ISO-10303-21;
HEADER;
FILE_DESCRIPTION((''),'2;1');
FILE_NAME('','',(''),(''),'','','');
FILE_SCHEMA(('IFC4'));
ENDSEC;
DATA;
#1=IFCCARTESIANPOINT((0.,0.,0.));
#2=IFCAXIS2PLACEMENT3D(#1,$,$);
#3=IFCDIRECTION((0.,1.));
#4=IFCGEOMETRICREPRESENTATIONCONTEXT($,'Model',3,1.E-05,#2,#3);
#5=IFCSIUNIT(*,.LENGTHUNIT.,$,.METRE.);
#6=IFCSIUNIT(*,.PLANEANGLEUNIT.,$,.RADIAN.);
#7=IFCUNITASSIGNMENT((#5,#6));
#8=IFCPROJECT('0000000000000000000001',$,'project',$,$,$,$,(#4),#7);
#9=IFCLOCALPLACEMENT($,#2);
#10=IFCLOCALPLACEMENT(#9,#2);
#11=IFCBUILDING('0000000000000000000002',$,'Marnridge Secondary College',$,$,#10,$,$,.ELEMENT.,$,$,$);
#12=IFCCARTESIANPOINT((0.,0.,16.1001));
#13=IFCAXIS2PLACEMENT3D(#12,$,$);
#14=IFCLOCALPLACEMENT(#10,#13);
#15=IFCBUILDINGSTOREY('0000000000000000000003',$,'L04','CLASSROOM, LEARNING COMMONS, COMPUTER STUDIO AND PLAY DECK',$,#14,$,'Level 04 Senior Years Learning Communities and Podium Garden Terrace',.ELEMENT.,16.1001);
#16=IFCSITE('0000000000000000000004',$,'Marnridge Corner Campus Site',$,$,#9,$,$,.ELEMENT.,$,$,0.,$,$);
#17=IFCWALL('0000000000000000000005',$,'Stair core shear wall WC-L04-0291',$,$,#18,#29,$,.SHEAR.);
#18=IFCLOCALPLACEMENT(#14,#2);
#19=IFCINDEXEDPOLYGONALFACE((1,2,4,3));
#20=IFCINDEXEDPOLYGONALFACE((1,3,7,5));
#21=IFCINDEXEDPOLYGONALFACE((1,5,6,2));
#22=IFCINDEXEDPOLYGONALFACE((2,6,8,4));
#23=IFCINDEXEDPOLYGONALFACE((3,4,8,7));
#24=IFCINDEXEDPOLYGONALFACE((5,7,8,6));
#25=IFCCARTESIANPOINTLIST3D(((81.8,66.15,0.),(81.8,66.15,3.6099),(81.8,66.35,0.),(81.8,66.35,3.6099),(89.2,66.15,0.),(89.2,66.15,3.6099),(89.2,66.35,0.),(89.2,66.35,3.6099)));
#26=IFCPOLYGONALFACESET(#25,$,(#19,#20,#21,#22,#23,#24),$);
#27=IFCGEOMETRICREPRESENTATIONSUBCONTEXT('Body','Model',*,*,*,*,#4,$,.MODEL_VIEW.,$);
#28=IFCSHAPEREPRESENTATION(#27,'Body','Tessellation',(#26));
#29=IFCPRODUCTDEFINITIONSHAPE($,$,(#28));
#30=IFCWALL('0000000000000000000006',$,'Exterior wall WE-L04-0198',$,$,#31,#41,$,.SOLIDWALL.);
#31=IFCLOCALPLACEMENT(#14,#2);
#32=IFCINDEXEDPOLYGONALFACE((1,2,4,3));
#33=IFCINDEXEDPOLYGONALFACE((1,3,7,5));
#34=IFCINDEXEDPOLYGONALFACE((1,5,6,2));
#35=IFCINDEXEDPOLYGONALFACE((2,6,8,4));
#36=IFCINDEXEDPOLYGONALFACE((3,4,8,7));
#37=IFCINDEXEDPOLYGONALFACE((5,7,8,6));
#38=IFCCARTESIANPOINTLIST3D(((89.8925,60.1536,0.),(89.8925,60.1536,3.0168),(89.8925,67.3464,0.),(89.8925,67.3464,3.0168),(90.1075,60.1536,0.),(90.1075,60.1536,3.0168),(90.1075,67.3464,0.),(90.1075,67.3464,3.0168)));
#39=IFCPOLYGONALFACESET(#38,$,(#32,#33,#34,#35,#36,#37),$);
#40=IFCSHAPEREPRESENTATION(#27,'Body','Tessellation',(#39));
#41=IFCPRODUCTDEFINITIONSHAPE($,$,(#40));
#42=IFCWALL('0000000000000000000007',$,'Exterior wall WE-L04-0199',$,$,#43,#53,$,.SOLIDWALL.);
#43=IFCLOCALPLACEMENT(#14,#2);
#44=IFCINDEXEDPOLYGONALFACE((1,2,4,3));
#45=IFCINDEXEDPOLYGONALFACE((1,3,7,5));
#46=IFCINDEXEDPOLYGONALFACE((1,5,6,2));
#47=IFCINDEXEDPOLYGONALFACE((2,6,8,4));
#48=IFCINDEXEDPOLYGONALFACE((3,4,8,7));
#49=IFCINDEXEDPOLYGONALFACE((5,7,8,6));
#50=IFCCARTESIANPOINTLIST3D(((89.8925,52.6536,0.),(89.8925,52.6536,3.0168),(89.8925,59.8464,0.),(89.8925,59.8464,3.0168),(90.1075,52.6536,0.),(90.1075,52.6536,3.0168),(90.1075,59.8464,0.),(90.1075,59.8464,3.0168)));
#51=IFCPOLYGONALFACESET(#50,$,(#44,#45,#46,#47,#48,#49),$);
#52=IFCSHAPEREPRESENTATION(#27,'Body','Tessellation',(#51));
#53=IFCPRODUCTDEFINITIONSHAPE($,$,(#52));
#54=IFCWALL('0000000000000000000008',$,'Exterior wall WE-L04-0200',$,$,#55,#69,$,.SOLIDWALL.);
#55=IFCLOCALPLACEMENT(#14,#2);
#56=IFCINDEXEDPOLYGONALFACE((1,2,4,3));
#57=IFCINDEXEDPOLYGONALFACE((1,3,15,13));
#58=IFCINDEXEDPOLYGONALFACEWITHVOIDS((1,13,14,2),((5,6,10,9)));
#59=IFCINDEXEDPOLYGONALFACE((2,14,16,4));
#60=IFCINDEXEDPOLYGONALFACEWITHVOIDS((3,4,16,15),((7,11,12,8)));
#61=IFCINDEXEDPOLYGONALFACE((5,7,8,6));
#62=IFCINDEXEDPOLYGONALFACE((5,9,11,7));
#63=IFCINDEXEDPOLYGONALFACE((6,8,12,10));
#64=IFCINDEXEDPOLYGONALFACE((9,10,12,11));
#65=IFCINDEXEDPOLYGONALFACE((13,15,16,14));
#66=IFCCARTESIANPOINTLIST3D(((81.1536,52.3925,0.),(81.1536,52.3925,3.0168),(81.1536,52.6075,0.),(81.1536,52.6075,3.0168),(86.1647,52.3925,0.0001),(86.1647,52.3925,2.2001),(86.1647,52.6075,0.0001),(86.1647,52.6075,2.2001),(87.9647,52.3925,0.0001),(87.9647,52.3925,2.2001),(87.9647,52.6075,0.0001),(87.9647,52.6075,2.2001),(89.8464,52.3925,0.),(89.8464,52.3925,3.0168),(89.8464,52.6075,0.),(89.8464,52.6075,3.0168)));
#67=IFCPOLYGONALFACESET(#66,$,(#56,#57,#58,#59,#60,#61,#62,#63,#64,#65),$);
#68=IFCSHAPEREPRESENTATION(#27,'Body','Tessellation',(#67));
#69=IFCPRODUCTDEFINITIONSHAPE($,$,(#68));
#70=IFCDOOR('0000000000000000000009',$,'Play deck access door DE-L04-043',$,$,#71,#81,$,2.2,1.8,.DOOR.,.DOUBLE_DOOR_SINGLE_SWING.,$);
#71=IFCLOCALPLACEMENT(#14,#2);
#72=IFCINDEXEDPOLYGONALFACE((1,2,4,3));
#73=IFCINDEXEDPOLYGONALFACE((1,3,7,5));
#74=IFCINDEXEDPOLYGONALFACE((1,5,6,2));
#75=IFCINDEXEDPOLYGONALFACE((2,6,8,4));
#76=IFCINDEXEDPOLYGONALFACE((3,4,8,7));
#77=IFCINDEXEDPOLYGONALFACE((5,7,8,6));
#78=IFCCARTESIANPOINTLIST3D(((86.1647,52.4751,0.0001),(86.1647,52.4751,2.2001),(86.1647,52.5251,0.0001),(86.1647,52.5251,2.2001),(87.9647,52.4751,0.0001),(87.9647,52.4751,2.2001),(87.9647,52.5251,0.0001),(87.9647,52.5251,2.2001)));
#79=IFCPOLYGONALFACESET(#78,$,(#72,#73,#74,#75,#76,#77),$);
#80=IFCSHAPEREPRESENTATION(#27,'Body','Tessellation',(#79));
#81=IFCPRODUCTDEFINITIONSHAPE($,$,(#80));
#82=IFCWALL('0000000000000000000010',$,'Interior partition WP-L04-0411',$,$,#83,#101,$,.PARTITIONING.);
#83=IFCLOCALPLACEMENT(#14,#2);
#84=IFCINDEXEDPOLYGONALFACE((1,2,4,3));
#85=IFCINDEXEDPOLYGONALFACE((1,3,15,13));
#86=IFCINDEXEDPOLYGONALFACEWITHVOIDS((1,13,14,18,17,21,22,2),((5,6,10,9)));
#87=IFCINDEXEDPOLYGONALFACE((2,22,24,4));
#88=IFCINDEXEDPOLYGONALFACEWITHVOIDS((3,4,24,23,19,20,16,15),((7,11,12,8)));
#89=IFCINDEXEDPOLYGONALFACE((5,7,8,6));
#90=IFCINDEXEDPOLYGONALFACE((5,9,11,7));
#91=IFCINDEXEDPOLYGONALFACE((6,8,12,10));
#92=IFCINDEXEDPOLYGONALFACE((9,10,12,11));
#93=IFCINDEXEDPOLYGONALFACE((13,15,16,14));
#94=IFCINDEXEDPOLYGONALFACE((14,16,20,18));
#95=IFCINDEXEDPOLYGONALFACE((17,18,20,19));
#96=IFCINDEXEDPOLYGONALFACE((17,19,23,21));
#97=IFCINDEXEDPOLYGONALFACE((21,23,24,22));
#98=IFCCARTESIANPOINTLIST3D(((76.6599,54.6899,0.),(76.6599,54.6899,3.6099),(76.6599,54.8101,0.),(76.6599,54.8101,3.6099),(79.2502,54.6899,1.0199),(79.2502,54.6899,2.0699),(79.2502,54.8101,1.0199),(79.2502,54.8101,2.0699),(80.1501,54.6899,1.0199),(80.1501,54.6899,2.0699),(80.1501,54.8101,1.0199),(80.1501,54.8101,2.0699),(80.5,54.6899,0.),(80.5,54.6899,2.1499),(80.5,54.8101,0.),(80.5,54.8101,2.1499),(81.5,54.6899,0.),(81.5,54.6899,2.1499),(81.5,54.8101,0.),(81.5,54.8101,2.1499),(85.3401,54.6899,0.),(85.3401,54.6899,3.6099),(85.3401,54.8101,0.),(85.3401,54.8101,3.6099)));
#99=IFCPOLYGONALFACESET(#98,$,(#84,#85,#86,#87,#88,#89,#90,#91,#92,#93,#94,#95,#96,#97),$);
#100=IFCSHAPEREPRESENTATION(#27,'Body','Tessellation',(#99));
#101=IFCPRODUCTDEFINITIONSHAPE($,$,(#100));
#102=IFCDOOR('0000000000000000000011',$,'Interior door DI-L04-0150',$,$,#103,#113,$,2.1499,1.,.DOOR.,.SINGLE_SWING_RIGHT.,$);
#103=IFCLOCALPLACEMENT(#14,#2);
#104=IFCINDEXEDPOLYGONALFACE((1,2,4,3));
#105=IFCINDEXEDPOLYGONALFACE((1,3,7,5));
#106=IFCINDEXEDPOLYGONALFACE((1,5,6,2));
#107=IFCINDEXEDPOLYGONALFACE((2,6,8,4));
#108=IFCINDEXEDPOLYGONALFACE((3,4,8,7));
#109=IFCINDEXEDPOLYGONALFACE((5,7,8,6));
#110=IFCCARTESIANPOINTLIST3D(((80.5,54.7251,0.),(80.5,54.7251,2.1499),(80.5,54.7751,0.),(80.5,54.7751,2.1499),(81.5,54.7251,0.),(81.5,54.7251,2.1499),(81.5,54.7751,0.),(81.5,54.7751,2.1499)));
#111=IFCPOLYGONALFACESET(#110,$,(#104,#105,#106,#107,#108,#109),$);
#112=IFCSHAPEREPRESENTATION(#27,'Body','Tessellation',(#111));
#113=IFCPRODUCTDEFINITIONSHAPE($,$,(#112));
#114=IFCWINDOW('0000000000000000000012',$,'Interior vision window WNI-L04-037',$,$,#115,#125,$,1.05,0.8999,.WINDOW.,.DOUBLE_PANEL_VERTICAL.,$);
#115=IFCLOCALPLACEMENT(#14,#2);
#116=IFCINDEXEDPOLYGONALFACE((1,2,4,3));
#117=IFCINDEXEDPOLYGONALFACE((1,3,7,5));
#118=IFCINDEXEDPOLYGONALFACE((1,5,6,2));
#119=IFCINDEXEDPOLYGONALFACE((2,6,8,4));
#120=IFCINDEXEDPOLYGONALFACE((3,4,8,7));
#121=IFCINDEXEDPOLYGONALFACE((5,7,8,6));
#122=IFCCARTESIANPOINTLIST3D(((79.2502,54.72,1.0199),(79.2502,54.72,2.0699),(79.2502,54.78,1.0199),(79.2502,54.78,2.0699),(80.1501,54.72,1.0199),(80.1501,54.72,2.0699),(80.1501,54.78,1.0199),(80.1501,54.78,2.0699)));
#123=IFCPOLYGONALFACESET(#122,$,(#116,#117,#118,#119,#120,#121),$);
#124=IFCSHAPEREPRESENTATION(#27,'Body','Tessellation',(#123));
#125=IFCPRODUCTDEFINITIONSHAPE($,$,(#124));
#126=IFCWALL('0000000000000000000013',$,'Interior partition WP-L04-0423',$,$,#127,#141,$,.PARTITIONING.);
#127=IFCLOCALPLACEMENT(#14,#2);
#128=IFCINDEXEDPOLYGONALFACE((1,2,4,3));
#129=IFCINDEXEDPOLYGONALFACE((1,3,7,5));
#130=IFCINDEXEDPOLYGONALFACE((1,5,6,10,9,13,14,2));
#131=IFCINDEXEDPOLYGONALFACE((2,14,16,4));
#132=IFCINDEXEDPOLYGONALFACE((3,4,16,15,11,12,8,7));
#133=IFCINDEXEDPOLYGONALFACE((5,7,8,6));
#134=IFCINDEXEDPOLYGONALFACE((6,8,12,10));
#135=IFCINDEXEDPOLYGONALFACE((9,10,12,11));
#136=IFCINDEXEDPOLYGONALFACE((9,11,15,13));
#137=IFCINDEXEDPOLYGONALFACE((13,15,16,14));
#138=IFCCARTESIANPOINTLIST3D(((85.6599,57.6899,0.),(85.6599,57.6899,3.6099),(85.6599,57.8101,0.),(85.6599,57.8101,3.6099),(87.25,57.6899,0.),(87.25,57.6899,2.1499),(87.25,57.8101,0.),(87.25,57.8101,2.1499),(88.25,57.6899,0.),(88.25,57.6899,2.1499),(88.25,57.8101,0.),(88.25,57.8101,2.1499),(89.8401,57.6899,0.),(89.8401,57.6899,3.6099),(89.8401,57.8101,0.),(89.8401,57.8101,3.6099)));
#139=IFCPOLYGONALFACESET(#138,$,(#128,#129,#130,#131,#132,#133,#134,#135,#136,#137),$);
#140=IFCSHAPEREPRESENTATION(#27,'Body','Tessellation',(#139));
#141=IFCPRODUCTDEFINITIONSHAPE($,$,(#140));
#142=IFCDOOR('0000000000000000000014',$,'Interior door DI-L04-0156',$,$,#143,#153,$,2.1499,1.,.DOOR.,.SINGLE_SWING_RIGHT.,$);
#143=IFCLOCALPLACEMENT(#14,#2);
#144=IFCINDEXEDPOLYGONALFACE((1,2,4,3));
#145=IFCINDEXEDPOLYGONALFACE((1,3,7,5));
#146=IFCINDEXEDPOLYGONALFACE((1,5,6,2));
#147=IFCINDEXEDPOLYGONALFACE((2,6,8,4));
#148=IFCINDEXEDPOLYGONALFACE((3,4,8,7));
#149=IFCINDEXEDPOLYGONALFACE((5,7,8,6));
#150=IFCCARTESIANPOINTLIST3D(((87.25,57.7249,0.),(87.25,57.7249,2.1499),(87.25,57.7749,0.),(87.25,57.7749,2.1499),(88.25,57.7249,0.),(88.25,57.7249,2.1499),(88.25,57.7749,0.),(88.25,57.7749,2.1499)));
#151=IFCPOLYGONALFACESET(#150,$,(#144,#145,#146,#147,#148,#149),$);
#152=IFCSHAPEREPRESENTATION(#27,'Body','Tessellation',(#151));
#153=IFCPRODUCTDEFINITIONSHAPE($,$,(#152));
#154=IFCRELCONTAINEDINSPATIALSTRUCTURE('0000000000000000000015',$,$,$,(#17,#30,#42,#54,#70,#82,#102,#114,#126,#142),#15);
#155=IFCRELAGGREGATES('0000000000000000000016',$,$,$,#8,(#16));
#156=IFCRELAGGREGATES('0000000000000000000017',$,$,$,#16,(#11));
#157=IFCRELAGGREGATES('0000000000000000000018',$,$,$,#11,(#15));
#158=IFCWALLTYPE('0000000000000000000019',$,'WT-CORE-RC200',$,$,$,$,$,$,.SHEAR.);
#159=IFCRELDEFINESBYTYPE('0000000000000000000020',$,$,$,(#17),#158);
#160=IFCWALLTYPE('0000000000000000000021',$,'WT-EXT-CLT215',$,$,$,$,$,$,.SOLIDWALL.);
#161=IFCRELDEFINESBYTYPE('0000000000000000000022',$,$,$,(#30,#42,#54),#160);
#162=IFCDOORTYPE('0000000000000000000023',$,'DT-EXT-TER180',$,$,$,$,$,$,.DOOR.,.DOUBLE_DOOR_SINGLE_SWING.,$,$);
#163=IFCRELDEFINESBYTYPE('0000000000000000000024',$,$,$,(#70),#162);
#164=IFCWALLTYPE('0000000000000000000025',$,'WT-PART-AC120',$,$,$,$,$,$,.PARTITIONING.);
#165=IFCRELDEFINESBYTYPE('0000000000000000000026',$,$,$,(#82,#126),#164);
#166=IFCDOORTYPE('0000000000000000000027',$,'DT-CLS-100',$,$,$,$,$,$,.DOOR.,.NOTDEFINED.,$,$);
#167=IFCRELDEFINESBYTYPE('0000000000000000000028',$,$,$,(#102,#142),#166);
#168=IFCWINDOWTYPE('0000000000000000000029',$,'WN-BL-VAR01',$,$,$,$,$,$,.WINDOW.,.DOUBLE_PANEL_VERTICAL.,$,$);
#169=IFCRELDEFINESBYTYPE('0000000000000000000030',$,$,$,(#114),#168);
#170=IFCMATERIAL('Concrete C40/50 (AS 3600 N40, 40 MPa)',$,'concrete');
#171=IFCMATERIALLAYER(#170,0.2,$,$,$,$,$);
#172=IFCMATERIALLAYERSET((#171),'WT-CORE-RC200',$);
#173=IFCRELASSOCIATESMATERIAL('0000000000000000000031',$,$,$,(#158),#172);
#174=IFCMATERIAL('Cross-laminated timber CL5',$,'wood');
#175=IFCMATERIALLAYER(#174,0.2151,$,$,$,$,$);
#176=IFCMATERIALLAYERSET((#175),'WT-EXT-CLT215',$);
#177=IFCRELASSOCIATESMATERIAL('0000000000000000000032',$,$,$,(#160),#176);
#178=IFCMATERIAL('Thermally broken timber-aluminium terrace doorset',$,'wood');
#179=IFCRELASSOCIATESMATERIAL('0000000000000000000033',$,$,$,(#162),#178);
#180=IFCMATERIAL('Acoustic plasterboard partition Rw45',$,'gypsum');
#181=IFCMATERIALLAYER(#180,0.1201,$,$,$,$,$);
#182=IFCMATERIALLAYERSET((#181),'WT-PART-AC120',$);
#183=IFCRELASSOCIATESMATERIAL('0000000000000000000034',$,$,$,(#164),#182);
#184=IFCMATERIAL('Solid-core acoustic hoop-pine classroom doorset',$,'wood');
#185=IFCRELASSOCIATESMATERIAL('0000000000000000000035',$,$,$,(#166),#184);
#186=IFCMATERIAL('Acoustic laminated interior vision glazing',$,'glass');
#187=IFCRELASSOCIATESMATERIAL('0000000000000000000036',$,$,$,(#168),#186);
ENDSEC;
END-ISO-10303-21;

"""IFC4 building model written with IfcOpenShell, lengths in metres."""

from ifc_helpers import new_model, si_unit, direction, frame, frame_2d, origin, place, context, subcontext, project, spatial, rectangle, extrude, material, layer, layer_set, type_object, element, fill, save


model = new_model("IFC4")

# Units and contexts
model_context = context("Model", 3, precision=1e-05, world=origin(), true_north=direction((0.0, 1.0)))
body_context = subcontext(model_context, "Body", "Model", "MODEL_VIEW")
ifc_project = project(units=[si_unit("LENGTHUNIT", "METRE"), si_unit("PLANEANGLEUNIT", "RADIAN")], contexts=[model_context])

# Site, building, storey
site_placement = place(None, origin())
site = spatial("IfcSite", under=ifc_project, at=site_placement, Name="Marnridge Corner Campus Site", CompositionType="ELEMENT", RefElevation=0.0)
building_placement = place(site_placement, origin())
building = spatial("IfcBuilding", under=site, at=building_placement, Name="Marnridge Secondary College", CompositionType="ELEMENT")
storey_placement = place(building_placement, frame((0.0, 0.0, 16.1001)))
storey = spatial("IfcBuildingStorey", under=building, at=storey_placement, Name="L04", Description="CLASSROOM, LEARNING COMMONS, COMPUTER STUDIO AND PLAY DECK", LongName="Level 04 Senior Years Learning Communities and Podium Garden Terrace", CompositionType="ELEMENT", Elevation=16.1001)

# Walls
ifc_material_1 = material(Name="Concrete C40/50 (AS 3600 N40, 40 MPa)", Category="concrete")
ifc_layer_1 = layer(ifc_material_1, 0.2)
ifc_layer_set_1 = layer_set([ifc_layer_1], Name="WT-CORE-RC200")
wall_type_1 = type_object("IfcWallType", Name="WT-CORE-RC200", PredefinedType="SHEAR", material=ifc_layer_set_1)
wall_1_placement = place(storey_placement, frame((89.2, 66.25, 0.0), z_axis=(0.0, 0.0, 1.0), x_axis=(-1.0, 0.0, 0.0)))
element("IfcWall", 1, at=wall_1_placement, inside=storey, type_object=wall_type_1, Name="Stair core shear wall WC-L04-0291", PredefinedType="SHEAR", context=body_context, shape_type="SweptSolid", body=[
    extrude(rectangle(XDim=7.3999, YDim=0.2, at=frame_2d((3.7, 0.0))), origin(), (0.0, 0.0, 1.0), 3.6099),
])
ifc_material_2 = material(Name="Cross-laminated timber CL5", Category="wood")
ifc_layer_2 = layer(ifc_material_2, 0.2151)
ifc_layer_set_2 = layer_set([ifc_layer_2], Name="WT-EXT-CLT215")
wall_type_2 = type_object("IfcWallType", Name="WT-EXT-CLT215", PredefinedType="SOLIDWALL", material=ifc_layer_set_2)
for number, where, z_axis, x_axis, name in (
    (2, (90.0, 67.3464, 0.0), (0.0, 0.0, 1.0), (0.0, -1.0, 0.0), "Exterior wall WE-L04-0198"),
    (3, (90.0, 59.8464, 0.0), (0.0, 0.0, 1.0), (0.0, -1.0, 0.0), "Exterior wall WE-L04-0199"),
):
    element("IfcWall", number, at=place(storey_placement, frame(where, z_axis=z_axis, x_axis=x_axis)), inside=storey, type_object=wall_type_2, Name=name, PredefinedType="SOLIDWALL", context=body_context, shape_type="SweptSolid", body=[
        extrude(rectangle(XDim=7.1929, YDim=0.2151, at=frame_2d((3.5964, 0.0))), origin(), (0.0, 0.0, 1.0), 3.0168),
    ])

# Wall, opening, door
wall_2_placement = place(storey_placement, frame((89.8464, 52.5, 0.0), z_axis=(0.0, 0.0, 1.0), x_axis=(-1.0, 0.0, 0.0)))
wall_2 = element("IfcWall", 4, at=wall_2_placement, inside=storey, type_object=wall_type_2, Name="Exterior wall WE-L04-0200", PredefinedType="SOLIDWALL", context=body_context, shape_type="SweptSolid", body=[
    extrude(rectangle(XDim=8.6929, YDim=0.2151, at=frame_2d((4.3464, 0.0))), origin(), (0.0, 0.0, 1.0), 3.0168),
])
opening_1_placement = place(wall_2_placement, frame((1.8818, 0.0, 0.0)))
opening_1 = element("IfcOpeningElement", 5, at=opening_1_placement, cuts=wall_2, PredefinedType="OPENING", context=body_context, shape_type="SweptSolid", body=[
    extrude(rectangle(XDim=1.8, YDim=2.2, at=frame_2d((0.8999, 1.1001))), frame((0.0, 0.1174, 0.0), z_axis=(0.0, -1.0, 0.0), x_axis=(1.0, 0.0, 0.0)), (0.0, 0.0, 1.0), 0.2351),
])
ifc_material_3 = material(Name="Thermally broken timber-aluminium terrace doorset", Category="wood")
door_type_1 = type_object("IfcDoorType", Name="DT-EXT-TER180", OperationType="DOUBLE_DOOR_SINGLE_SWING", PredefinedType="DOOR", material=ifc_material_3)
door_1_placement = place(opening_1_placement, origin())
door_1 = element("IfcDoor", 6, at=door_1_placement, inside=storey, type_object=door_type_1, Name="Play deck access door DE-L04-043", OperationType="DOUBLE_DOOR_SINGLE_SWING", OverallHeight=2.2, OverallWidth=1.8, PredefinedType="DOOR", context=body_context, shape_type="SweptSolid", body=[
    extrude(rectangle(XDim=1.8, YDim=2.2, at=frame_2d((0.8999, 1.1001))), frame((0.0, 0.0249, 0.0), z_axis=(0.0, -1.0, 0.0), x_axis=(1.0, 0.0, 0.0)), (0.0, 0.0, 1.0), 0.05),
])
fill(opening_1, door_1)

# Wall, openings, door, window
ifc_material_4 = material(Name="Acoustic plasterboard partition Rw45", Category="gypsum")
ifc_layer_3 = layer(ifc_material_4, 0.1201)
ifc_layer_set_3 = layer_set([ifc_layer_3], Name="WT-PART-AC120")
wall_type_3 = type_object("IfcWallType", Name="WT-PART-AC120", PredefinedType="PARTITIONING", material=ifc_layer_set_3)
wall_3_placement = place(storey_placement, frame((85.3401, 54.75, 0.0), z_axis=(0.0, 0.0, 1.0), x_axis=(-1.0, 0.0, 0.0)))
wall_3 = element("IfcWall", 7, at=wall_3_placement, inside=storey, type_object=wall_type_3, Name="Interior partition WP-L04-0411", PredefinedType="PARTITIONING", context=body_context, shape_type="SweptSolid", body=[
    extrude(rectangle(XDim=8.6802, YDim=0.1201, at=frame_2d((4.3401, 0.0))), origin(), (0.0, 0.0, 1.0), 3.6099),
])
opening_2_placement = place(wall_3_placement, frame((3.8401, 0.0, 0.0)))
opening_2 = element("IfcOpeningElement", 8, at=opening_2_placement, cuts=wall_3, PredefinedType="OPENING", context=body_context, shape_type="SweptSolid", body=[
    extrude(rectangle(XDim=1.0, YDim=2.1499, at=frame_2d((0.5, 1.075))), frame((0.0, 0.0701, 0.0), z_axis=(0.0, -1.0, 0.0), x_axis=(1.0, 0.0, 0.0)), (0.0, 0.0, 1.0), 0.1401),
])
opening_3_placement = place(wall_3_placement, frame((5.1899, 0.0, 1.02)))
opening_3 = element("IfcOpeningElement", 9, at=opening_3_placement, cuts=wall_3, PredefinedType="OPENING", context=body_context, shape_type="SweptSolid", body=[
    extrude(rectangle(XDim=0.8999, YDim=1.05, at=frame_2d((0.45, 0.5249))), frame((0.0, 0.0701, 0.0), z_axis=(0.0, -1.0, 0.0), x_axis=(1.0, 0.0, 0.0)), (0.0, 0.0, 1.0), 0.1401),
])
ifc_material_5 = material(Name="Solid-core acoustic hoop-pine classroom doorset", Category="wood")
door_type_2 = type_object("IfcDoorType", Name="DT-CLS-100", OperationType="NOTDEFINED", PredefinedType="DOOR", material=ifc_material_5)
door_2_placement = place(opening_2_placement, origin())
door_2 = element("IfcDoor", 10, at=door_2_placement, inside=storey, type_object=door_type_2, Name="Interior door DI-L04-0150", OperationType="SINGLE_SWING_RIGHT", OverallHeight=2.1499, OverallWidth=1.0, PredefinedType="DOOR", context=body_context, shape_type="SweptSolid", body=[
    extrude(rectangle(XDim=1.0, YDim=2.1499, at=frame_2d((0.5, 1.075))), frame((0.0, 0.0249, 0.0), z_axis=(0.0, -1.0, 0.0), x_axis=(1.0, 0.0, 0.0)), (0.0, 0.0, 1.0), 0.05),
])
fill(opening_2, door_2)
ifc_material_6 = material(Name="Acoustic laminated interior vision glazing", Category="glass")
window_type = type_object("IfcWindowType", Name="WN-BL-VAR01", PartitioningType="DOUBLE_PANEL_VERTICAL", PredefinedType="WINDOW", material=ifc_material_6)
window_placement = place(opening_3_placement, origin())
window = element("IfcWindow", 11, at=window_placement, inside=storey, type_object=window_type, Name="Interior vision window WNI-L04-037", OverallHeight=1.05, OverallWidth=0.8999, PartitioningType="DOUBLE_PANEL_VERTICAL", PredefinedType="WINDOW", context=body_context, shape_type="SweptSolid", body=[
    extrude(rectangle(XDim=0.8999, YDim=1.05, at=frame_2d((0.45, 0.5249))), frame((0.0, 0.03, 0.0), z_axis=(0.0, -1.0, 0.0), x_axis=(1.0, 0.0, 0.0)), (0.0, 0.0, 1.0), 0.0601),
])
fill(opening_3, window)

# Wall, opening, door
wall_4_placement = place(storey_placement, frame((85.6599, 57.75, 0.0), z_axis=(0.0, 0.0, 1.0), x_axis=(1.0, 0.0, 0.0)))
wall_4 = element("IfcWall", 12, at=wall_4_placement, inside=storey, type_object=wall_type_3, Name="Interior partition WP-L04-0423", PredefinedType="PARTITIONING", context=body_context, shape_type="SweptSolid", body=[
    extrude(rectangle(XDim=4.1802, YDim=0.1201, at=frame_2d((2.0901, 0.0))), origin(), (0.0, 0.0, 1.0), 3.6099),
])
opening_4_placement = place(wall_4_placement, frame((1.5901, 0.0, 0.0)))
opening_4 = element("IfcOpeningElement", 13, at=opening_4_placement, cuts=wall_4, PredefinedType="OPENING", context=body_context, shape_type="SweptSolid", body=[
    extrude(rectangle(XDim=1.0, YDim=2.1499, at=frame_2d((0.5, 1.075))), frame((0.0, 0.0701, 0.0), z_axis=(0.0, -1.0, 0.0), x_axis=(1.0, 0.0, 0.0)), (0.0, 0.0, 1.0), 0.1401),
])
door_3_placement = place(opening_4_placement, origin())
door_3 = element("IfcDoor", 14, at=door_3_placement, inside=storey, type_object=door_type_2, Name="Interior door DI-L04-0156", OperationType="SINGLE_SWING_RIGHT", OverallHeight=2.1499, OverallWidth=1.0, PredefinedType="DOOR", context=body_context, shape_type="SweptSolid", body=[
    extrude(rectangle(XDim=1.0, YDim=2.1499, at=frame_2d((0.5, 1.075))), frame((0.0, 0.0249, 0.0), z_axis=(0.0, -1.0, 0.0), x_axis=(1.0, 0.0, 0.0)), (0.0, 0.0, 1.0), 0.05),
])
fill(opening_4, door_3)

save(model, "model.ifc")
